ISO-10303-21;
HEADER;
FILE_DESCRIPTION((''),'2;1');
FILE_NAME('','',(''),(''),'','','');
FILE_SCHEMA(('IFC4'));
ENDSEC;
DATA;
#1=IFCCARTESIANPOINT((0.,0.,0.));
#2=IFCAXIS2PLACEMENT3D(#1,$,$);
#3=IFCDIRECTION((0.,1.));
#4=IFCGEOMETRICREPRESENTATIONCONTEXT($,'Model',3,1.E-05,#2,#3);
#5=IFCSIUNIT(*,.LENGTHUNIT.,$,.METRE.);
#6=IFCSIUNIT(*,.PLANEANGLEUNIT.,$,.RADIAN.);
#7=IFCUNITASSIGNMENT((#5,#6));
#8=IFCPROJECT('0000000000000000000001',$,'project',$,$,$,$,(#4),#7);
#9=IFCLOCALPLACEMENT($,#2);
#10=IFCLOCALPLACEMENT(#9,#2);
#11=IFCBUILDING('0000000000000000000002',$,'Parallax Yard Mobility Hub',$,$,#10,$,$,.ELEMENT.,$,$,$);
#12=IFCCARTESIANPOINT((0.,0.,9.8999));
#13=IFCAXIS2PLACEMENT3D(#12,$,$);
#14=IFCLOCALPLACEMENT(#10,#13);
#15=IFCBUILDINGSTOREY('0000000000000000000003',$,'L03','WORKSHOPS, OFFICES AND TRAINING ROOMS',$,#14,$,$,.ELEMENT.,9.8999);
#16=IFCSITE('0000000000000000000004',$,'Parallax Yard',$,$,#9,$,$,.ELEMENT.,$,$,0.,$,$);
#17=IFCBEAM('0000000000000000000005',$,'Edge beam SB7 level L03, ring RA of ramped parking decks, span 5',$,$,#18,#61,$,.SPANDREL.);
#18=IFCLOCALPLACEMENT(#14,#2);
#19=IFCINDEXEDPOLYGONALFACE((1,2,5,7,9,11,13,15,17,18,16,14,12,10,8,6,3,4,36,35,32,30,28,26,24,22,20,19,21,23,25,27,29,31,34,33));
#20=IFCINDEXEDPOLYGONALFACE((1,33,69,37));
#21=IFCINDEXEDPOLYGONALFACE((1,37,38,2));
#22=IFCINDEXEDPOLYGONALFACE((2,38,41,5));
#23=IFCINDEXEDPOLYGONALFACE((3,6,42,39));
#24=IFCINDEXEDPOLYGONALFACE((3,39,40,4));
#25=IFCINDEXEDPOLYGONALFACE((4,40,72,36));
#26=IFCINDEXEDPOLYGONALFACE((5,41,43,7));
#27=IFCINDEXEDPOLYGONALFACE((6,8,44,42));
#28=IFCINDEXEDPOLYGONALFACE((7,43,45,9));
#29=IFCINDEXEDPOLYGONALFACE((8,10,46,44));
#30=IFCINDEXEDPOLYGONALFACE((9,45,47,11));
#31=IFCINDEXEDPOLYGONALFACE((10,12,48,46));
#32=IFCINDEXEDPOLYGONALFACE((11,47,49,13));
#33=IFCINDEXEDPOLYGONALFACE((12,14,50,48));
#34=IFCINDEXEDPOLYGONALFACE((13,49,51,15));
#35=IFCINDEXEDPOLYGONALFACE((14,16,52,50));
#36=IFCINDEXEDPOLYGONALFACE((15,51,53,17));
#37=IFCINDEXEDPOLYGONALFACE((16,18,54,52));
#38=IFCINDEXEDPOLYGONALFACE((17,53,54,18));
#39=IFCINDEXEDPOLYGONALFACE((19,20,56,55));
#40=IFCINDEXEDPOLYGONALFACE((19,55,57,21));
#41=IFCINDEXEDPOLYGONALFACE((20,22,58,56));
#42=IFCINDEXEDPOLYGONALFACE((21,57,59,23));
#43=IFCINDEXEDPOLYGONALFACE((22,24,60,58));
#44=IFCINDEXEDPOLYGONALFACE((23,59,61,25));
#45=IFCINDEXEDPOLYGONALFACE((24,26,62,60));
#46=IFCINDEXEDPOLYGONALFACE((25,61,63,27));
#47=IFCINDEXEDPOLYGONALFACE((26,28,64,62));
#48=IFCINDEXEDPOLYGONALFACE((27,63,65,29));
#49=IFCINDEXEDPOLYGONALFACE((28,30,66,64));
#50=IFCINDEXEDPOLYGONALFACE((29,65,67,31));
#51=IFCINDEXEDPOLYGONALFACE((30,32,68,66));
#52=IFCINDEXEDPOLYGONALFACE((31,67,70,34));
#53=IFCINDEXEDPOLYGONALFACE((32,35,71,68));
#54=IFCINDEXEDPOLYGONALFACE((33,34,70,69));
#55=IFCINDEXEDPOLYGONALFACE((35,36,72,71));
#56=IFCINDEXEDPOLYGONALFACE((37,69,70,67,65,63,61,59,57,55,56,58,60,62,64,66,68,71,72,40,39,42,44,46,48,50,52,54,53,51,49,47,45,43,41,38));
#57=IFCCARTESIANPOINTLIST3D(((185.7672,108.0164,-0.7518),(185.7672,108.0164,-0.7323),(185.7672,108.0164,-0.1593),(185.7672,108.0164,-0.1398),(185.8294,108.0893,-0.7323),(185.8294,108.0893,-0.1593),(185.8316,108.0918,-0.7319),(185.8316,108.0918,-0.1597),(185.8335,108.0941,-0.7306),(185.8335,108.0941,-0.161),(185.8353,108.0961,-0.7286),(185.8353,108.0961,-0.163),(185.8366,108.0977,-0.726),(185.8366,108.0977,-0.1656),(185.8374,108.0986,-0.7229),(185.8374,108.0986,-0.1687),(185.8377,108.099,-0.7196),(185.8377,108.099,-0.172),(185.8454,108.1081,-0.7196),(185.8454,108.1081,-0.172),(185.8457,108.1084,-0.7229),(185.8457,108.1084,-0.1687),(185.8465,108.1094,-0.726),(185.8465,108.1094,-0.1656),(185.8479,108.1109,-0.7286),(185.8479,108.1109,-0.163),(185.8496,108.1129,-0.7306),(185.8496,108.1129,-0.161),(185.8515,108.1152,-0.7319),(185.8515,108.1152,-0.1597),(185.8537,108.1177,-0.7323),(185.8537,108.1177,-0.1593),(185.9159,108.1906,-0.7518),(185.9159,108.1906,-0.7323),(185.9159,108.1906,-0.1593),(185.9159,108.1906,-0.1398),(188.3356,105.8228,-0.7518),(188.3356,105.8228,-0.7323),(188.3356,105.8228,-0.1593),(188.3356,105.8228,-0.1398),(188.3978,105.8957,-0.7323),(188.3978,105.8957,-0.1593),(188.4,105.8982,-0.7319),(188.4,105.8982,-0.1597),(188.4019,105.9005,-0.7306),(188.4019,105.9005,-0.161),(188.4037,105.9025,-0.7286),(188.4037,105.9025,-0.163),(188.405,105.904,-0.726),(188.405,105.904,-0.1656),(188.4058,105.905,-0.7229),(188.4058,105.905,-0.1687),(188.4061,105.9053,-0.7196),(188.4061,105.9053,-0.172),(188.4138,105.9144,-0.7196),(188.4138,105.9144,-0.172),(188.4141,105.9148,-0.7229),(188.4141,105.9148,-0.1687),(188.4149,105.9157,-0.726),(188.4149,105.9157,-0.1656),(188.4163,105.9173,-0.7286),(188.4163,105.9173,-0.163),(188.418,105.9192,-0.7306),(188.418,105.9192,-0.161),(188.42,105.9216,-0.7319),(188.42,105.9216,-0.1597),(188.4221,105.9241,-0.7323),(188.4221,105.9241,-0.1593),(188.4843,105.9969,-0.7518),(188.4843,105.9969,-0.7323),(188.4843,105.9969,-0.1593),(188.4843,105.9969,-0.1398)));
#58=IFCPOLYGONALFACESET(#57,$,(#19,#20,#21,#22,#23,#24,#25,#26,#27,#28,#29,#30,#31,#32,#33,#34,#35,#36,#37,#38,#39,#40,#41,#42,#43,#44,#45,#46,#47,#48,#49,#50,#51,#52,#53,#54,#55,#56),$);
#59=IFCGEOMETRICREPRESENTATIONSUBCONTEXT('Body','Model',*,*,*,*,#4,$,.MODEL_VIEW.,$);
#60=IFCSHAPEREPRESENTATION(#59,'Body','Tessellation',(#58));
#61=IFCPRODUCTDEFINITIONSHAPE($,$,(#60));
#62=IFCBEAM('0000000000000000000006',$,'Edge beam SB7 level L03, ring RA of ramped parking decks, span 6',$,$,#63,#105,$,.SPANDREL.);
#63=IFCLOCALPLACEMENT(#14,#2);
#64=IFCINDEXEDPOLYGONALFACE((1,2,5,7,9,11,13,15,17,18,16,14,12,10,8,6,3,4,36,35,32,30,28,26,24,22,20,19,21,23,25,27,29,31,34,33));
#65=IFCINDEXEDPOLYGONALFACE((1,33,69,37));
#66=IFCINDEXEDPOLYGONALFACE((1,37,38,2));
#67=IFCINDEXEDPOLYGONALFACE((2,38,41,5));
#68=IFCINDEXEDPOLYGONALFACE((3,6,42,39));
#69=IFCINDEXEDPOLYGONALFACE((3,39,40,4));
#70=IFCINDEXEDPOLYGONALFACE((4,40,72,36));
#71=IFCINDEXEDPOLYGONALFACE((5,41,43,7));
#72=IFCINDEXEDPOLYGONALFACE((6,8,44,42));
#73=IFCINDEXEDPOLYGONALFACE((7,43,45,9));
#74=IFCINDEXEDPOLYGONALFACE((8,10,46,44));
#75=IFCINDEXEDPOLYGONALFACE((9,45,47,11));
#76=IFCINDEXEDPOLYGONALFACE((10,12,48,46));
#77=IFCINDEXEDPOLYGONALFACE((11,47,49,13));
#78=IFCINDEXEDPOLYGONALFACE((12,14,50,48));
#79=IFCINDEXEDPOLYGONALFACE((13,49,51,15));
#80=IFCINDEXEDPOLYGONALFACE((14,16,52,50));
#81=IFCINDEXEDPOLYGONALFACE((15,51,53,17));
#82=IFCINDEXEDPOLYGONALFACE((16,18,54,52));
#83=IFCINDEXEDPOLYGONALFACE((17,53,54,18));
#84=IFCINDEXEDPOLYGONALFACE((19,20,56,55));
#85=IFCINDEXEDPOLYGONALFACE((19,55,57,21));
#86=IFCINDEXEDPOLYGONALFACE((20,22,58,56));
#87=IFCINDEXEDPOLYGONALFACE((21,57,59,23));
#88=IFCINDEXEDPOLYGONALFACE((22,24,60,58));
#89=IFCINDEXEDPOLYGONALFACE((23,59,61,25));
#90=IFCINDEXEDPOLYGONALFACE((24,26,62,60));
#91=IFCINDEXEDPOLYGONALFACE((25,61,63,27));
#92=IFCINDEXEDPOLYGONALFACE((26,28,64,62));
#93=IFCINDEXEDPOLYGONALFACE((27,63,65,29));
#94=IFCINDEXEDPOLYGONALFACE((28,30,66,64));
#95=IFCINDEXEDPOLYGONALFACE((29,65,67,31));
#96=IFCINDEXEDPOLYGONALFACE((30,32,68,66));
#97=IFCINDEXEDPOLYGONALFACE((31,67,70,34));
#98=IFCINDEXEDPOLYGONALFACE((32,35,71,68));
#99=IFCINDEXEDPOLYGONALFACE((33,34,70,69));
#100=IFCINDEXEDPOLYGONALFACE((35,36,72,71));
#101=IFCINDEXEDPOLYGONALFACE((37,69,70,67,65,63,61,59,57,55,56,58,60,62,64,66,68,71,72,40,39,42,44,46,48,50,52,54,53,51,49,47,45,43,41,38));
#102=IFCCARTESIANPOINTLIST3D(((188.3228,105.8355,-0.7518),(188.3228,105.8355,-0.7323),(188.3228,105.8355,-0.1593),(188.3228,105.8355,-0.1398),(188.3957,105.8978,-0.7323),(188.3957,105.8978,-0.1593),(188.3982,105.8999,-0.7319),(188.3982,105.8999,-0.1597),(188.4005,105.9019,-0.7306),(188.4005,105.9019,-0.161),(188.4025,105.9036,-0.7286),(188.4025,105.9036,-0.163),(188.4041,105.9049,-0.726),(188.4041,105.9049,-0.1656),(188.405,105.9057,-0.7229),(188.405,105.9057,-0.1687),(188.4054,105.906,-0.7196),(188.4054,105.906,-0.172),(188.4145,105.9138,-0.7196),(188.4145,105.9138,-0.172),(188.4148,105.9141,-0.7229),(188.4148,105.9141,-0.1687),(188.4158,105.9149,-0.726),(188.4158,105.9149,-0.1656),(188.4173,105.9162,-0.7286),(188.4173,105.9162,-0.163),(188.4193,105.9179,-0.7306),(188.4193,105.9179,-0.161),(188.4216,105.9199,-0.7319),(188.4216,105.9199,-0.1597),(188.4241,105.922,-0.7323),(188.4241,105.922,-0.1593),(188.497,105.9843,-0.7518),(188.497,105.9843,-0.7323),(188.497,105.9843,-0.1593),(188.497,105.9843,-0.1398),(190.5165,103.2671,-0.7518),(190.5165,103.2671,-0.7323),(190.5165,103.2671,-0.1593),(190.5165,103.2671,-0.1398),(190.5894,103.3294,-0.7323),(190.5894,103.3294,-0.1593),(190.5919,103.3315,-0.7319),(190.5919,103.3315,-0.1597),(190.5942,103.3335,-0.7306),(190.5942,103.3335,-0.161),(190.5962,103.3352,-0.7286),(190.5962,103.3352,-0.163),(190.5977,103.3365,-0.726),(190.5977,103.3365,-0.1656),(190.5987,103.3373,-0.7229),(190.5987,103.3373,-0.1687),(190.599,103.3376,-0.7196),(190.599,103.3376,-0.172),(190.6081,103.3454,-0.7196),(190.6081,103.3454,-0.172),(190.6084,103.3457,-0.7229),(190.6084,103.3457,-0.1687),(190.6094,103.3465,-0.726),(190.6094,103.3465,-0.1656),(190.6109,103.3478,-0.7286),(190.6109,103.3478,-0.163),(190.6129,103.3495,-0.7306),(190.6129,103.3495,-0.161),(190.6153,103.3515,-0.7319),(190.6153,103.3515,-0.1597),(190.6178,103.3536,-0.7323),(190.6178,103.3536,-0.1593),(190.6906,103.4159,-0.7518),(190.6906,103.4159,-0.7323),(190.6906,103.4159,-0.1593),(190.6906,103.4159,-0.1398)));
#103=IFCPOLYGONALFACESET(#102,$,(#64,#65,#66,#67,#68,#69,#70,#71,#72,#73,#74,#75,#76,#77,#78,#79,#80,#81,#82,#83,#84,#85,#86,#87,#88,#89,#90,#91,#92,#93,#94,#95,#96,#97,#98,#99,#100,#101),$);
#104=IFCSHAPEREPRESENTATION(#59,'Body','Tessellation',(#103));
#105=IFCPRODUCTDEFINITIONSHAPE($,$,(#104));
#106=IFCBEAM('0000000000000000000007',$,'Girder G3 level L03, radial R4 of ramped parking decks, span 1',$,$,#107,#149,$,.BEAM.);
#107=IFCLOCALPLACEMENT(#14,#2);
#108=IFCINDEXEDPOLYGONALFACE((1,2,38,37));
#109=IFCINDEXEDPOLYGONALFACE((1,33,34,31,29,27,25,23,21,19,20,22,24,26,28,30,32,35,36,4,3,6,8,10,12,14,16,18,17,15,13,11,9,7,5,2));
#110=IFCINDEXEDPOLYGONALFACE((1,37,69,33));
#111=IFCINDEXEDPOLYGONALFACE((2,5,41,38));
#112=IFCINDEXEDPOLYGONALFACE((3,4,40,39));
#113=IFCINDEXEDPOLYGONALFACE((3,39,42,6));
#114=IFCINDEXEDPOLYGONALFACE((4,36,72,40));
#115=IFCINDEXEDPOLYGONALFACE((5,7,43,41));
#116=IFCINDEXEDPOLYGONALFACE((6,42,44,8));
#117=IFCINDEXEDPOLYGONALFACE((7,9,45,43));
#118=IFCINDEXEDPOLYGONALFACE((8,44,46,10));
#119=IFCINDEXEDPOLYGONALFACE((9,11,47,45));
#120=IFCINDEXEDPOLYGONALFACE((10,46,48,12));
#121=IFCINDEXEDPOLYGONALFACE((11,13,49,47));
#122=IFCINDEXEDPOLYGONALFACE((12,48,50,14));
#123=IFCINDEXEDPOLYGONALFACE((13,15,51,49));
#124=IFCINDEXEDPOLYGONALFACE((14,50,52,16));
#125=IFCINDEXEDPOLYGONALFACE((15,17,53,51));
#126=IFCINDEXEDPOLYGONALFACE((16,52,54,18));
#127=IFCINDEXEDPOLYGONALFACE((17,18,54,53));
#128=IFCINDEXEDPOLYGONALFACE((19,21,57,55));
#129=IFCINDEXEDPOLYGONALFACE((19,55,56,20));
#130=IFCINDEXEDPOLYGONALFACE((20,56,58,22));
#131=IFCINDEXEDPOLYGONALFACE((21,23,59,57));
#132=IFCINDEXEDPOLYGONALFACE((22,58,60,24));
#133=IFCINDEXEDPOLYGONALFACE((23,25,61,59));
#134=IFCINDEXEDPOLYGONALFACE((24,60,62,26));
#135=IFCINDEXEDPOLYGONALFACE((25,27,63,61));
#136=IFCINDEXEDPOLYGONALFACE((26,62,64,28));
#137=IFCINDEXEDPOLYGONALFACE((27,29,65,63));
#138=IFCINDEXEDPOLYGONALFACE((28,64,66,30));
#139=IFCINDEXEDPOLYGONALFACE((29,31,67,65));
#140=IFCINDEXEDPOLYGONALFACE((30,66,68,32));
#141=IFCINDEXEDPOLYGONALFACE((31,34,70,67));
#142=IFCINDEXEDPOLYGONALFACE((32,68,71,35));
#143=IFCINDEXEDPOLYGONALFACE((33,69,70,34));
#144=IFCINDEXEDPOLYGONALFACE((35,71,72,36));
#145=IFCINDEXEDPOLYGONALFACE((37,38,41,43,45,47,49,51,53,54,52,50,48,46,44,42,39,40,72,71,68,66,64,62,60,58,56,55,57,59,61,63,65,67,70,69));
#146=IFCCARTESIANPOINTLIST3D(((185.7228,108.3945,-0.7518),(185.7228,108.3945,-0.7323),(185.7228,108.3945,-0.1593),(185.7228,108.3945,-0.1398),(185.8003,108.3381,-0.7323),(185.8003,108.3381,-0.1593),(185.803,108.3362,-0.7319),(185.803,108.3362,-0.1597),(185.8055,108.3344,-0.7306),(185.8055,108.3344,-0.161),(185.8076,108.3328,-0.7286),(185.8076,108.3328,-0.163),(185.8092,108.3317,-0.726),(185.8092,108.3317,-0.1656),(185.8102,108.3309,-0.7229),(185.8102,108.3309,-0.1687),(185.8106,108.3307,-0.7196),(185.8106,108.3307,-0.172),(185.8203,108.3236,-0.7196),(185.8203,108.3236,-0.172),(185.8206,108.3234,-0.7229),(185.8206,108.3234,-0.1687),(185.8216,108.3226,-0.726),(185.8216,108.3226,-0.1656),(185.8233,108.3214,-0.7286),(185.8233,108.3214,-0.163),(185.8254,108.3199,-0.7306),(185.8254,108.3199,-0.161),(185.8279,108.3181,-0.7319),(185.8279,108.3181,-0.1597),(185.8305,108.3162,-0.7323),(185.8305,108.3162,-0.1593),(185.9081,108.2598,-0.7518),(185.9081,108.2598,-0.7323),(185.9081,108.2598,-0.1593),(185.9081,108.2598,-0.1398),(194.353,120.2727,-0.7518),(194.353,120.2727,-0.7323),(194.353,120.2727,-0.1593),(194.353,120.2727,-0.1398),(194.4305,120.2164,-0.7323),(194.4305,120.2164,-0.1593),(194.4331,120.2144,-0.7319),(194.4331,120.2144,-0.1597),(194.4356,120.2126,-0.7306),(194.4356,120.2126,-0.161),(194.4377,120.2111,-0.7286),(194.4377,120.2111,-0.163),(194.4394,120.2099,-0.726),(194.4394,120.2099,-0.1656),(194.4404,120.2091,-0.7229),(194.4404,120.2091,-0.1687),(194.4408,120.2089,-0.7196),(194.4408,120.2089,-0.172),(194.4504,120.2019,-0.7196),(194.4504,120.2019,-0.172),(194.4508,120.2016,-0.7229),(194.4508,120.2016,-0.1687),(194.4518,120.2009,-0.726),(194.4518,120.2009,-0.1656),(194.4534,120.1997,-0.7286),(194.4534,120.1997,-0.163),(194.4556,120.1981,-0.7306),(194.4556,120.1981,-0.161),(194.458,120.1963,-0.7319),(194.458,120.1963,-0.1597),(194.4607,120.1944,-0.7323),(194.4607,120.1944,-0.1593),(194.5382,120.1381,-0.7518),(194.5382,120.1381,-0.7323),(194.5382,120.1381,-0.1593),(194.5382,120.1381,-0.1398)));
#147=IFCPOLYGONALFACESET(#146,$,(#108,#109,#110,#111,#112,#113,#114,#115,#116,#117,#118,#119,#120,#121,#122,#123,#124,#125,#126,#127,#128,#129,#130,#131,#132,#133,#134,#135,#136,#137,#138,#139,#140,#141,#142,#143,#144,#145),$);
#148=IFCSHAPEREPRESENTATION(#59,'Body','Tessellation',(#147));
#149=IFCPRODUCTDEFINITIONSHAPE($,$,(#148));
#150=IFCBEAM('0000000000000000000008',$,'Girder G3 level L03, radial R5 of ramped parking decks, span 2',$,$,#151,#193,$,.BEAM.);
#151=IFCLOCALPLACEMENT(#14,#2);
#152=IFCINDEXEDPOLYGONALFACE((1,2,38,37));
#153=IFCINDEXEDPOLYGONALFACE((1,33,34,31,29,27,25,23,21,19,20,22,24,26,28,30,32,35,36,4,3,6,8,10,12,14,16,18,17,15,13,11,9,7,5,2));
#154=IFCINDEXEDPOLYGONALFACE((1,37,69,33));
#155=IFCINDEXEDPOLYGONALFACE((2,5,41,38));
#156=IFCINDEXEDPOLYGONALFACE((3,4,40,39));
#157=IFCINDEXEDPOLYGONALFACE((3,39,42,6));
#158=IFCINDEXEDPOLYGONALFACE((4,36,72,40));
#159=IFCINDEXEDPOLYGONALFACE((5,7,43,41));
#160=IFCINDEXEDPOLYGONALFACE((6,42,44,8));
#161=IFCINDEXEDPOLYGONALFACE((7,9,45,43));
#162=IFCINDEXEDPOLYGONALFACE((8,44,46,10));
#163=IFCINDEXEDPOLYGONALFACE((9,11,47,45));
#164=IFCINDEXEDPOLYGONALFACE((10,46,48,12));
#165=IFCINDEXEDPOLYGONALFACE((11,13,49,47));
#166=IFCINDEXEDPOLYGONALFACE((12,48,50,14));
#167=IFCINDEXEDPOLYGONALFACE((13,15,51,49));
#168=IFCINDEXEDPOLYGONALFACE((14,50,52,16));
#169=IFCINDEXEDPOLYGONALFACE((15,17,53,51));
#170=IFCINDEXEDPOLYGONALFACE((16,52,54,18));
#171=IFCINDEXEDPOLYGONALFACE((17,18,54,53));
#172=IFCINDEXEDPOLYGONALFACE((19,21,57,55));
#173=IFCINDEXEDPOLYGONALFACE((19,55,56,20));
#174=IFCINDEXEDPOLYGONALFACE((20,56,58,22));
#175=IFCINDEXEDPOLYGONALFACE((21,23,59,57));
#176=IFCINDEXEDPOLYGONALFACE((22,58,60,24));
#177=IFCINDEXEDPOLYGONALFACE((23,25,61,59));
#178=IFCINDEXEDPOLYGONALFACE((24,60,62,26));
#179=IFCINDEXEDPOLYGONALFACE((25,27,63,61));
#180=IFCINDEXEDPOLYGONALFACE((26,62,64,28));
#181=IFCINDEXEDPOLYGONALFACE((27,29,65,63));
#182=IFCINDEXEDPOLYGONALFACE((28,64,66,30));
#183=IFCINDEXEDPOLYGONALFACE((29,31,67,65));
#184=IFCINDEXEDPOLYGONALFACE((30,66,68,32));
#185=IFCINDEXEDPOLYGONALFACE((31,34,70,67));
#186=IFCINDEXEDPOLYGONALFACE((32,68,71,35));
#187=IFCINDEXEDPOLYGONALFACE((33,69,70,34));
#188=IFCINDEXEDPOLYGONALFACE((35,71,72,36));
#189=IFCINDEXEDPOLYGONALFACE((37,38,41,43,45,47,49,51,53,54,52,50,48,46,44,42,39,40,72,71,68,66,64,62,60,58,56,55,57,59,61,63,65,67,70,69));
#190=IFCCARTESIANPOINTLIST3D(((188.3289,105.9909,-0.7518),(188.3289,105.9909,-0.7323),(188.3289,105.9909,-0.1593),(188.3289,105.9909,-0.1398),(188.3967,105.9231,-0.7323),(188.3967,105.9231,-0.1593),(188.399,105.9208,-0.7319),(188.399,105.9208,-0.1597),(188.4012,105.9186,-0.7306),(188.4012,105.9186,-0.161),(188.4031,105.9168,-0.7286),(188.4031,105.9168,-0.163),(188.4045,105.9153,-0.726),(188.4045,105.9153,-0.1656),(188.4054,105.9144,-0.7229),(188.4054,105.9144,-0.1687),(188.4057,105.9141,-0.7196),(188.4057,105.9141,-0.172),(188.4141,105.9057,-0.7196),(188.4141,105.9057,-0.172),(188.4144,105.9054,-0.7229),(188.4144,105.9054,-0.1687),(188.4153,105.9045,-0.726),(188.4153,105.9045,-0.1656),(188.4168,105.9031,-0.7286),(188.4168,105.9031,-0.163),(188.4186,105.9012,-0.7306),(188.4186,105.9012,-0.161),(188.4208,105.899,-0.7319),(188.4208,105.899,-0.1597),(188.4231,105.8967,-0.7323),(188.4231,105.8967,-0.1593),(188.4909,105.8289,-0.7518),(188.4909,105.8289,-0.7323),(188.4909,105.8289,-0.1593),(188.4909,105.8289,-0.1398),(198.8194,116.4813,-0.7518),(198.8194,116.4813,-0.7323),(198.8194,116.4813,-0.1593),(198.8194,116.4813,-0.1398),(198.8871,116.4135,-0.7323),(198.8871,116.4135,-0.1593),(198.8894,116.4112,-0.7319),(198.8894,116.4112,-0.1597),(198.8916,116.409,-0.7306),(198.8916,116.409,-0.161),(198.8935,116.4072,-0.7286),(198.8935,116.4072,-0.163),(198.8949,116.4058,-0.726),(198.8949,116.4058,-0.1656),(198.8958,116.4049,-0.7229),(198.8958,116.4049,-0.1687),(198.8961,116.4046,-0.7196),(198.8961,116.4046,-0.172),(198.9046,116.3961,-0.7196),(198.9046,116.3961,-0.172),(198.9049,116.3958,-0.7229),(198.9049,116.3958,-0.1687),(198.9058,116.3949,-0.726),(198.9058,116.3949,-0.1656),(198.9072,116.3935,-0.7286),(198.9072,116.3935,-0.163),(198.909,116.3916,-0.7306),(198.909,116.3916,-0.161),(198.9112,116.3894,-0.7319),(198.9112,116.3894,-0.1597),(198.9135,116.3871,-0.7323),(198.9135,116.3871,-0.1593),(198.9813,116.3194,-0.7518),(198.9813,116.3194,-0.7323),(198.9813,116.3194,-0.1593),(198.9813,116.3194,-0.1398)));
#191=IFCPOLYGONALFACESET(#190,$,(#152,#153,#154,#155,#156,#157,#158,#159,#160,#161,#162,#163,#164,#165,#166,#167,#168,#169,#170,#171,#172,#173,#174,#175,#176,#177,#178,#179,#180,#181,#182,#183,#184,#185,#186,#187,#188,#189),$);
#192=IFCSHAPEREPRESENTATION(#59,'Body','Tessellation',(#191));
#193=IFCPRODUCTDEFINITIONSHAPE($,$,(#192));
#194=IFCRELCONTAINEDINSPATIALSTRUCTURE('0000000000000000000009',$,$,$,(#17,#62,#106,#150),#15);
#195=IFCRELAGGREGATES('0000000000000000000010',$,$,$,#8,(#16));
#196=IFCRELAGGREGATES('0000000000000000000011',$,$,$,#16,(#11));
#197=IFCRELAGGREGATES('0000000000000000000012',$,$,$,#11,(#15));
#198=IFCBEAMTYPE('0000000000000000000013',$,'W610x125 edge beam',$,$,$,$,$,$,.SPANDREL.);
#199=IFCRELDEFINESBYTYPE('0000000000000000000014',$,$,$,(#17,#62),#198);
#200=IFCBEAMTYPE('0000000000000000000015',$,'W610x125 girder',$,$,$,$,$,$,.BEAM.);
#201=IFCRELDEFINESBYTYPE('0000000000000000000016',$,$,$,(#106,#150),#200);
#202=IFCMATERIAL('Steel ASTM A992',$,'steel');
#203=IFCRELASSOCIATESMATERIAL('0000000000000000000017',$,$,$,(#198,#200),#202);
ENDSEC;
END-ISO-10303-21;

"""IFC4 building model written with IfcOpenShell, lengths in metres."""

from ifc_helpers import new_model, si_unit, direction, frame, origin, origin_2d, place, context, subcontext, project, spatial, i_section, extrude, material, material_profile, profile_set, type_object, element, save


model = new_model("IFC4")

# Units and contexts
model_context = context("Model", 3, precision=1e-05, world=origin(), true_north=direction((0.0, 1.0)))
body_context = subcontext(model_context, "Body", "Model", "MODEL_VIEW")
ifc_project = project(units=[si_unit("LENGTHUNIT", "METRE"), si_unit("PLANEANGLEUNIT", "RADIAN")], contexts=[model_context])

# Site, building, storey
site_placement = place(None, origin())
site = spatial("IfcSite", under=ifc_project, at=site_placement, Name="Parallax Yard", CompositionType="ELEMENT", RefElevation=0.0)
building_placement = place(site_placement, origin())
building = spatial("IfcBuilding", under=site, at=building_placement, Name="Parallax Yard Mobility Hub", CompositionType="ELEMENT")
storey_placement = place(building_placement, frame((0.0, 0.0, 9.8999)))
storey = spatial("IfcBuildingStorey", under=building, at=storey_placement, Name="L03", Description="WORKSHOPS, OFFICES AND TRAINING ROOMS", CompositionType="ELEMENT", Elevation=9.8999)

# Shared definitions
ifc_material_1 = material(Name="Steel ASTM A992", Category="steel")

# Beams
ifc_material_profile_1 = material_profile(ifc_material_1, i_section(OverallWidth=0.229, OverallDepth=0.6121, WebThickness=0.012, FlangeThickness=0.0195, FilletRadius=0.0127, at=origin_2d()), Name="W610x125")
ifc_profile_set_1 = profile_set([ifc_material_profile_1], Name="Steel ASTM A992")
beam_type_1 = type_object("IfcBeamType", Name="W610x125 edge beam", PredefinedType="SPANDREL", material=ifc_profile_set_1)
for number, where, z_axis, x_axis, name in (
    (1, (185.8416, 108.1035, -0.4458), (0.760403, -0.649451, 0.0), (0.649451, 0.760403, 0.0), "Edge beam SB7 level L03, ring RA of ramped parking decks, span 5"),
    (2, (188.4099, 105.9099, -0.4458), (0.649451, -0.760403, 0.0), (0.760403, 0.649451, 0.0), "Edge beam SB7 level L03, ring RA of ramped parking decks, span 6"),
):
    element("IfcBeam", number, at=place(storey_placement, frame(where, z_axis=z_axis, x_axis=x_axis)), inside=storey, type_object=beam_type_1, Name=name, PredefinedType="SPANDREL", context=body_context, shape_type="SweptSolid", body=[
        extrude(i_section(OverallWidth=0.229, OverallDepth=0.6121, WebThickness=0.012, FlangeThickness=0.0195, FilletRadius=0.0127, at=origin_2d()), origin(), (0.0, 0.0, 1.0), 3.3777),
    ])
ifc_material_profile_2 = material_profile(ifc_material_1, i_section(OverallWidth=0.229, OverallDepth=0.6121, WebThickness=0.012, FlangeThickness=0.0195, FilletRadius=0.0127, at=origin_2d()), Name="W610x125")
ifc_profile_set_2 = profile_set([ifc_material_profile_2], Name="Steel ASTM A992")
beam_type_2 = type_object("IfcBeamType", Name="W610x125 girder", PredefinedType="BEAM", material=ifc_profile_set_2)
beam_1_placement = place(storey_placement, frame((185.8154, 108.3271, -0.4458), z_axis=(0.587791, 0.809013, 0.0), x_axis=(-0.809013, 0.587791, 0.0)))
element("IfcBeam", 3, at=beam_1_placement, inside=storey, type_object=beam_type_2, Name="Girder G3 level L03, radial R4 of ramped parking decks, span 1", PredefinedType="BEAM", context=body_context, shape_type="SweptSolid", body=[
    extrude(i_section(OverallWidth=0.229, OverallDepth=0.6121, WebThickness=0.012, FlangeThickness=0.0195, FilletRadius=0.0127, at=origin_2d()), origin(), (0.0, 0.0, 1.0), 14.6824),
])
beam_2_placement = place(storey_placement, frame((188.4099, 105.9099, -0.4458), z_axis=(0.707107, 0.707107, 0.0), x_axis=(-0.707107, 0.707107, 0.0)))
element("IfcBeam", 4, at=beam_2_placement, inside=storey, type_object=beam_type_2, Name="Girder G3 level L03, radial R5 of ramped parking decks, span 2", PredefinedType="BEAM", context=body_context, shape_type="SweptSolid", body=[
    extrude(i_section(OverallWidth=0.229, OverallDepth=0.6121, WebThickness=0.012, FlangeThickness=0.0195, FilletRadius=0.0127, at=origin_2d()), origin(), (0.0, 0.0, 1.0), 14.8357),
])

save(model, "model.ifc")
